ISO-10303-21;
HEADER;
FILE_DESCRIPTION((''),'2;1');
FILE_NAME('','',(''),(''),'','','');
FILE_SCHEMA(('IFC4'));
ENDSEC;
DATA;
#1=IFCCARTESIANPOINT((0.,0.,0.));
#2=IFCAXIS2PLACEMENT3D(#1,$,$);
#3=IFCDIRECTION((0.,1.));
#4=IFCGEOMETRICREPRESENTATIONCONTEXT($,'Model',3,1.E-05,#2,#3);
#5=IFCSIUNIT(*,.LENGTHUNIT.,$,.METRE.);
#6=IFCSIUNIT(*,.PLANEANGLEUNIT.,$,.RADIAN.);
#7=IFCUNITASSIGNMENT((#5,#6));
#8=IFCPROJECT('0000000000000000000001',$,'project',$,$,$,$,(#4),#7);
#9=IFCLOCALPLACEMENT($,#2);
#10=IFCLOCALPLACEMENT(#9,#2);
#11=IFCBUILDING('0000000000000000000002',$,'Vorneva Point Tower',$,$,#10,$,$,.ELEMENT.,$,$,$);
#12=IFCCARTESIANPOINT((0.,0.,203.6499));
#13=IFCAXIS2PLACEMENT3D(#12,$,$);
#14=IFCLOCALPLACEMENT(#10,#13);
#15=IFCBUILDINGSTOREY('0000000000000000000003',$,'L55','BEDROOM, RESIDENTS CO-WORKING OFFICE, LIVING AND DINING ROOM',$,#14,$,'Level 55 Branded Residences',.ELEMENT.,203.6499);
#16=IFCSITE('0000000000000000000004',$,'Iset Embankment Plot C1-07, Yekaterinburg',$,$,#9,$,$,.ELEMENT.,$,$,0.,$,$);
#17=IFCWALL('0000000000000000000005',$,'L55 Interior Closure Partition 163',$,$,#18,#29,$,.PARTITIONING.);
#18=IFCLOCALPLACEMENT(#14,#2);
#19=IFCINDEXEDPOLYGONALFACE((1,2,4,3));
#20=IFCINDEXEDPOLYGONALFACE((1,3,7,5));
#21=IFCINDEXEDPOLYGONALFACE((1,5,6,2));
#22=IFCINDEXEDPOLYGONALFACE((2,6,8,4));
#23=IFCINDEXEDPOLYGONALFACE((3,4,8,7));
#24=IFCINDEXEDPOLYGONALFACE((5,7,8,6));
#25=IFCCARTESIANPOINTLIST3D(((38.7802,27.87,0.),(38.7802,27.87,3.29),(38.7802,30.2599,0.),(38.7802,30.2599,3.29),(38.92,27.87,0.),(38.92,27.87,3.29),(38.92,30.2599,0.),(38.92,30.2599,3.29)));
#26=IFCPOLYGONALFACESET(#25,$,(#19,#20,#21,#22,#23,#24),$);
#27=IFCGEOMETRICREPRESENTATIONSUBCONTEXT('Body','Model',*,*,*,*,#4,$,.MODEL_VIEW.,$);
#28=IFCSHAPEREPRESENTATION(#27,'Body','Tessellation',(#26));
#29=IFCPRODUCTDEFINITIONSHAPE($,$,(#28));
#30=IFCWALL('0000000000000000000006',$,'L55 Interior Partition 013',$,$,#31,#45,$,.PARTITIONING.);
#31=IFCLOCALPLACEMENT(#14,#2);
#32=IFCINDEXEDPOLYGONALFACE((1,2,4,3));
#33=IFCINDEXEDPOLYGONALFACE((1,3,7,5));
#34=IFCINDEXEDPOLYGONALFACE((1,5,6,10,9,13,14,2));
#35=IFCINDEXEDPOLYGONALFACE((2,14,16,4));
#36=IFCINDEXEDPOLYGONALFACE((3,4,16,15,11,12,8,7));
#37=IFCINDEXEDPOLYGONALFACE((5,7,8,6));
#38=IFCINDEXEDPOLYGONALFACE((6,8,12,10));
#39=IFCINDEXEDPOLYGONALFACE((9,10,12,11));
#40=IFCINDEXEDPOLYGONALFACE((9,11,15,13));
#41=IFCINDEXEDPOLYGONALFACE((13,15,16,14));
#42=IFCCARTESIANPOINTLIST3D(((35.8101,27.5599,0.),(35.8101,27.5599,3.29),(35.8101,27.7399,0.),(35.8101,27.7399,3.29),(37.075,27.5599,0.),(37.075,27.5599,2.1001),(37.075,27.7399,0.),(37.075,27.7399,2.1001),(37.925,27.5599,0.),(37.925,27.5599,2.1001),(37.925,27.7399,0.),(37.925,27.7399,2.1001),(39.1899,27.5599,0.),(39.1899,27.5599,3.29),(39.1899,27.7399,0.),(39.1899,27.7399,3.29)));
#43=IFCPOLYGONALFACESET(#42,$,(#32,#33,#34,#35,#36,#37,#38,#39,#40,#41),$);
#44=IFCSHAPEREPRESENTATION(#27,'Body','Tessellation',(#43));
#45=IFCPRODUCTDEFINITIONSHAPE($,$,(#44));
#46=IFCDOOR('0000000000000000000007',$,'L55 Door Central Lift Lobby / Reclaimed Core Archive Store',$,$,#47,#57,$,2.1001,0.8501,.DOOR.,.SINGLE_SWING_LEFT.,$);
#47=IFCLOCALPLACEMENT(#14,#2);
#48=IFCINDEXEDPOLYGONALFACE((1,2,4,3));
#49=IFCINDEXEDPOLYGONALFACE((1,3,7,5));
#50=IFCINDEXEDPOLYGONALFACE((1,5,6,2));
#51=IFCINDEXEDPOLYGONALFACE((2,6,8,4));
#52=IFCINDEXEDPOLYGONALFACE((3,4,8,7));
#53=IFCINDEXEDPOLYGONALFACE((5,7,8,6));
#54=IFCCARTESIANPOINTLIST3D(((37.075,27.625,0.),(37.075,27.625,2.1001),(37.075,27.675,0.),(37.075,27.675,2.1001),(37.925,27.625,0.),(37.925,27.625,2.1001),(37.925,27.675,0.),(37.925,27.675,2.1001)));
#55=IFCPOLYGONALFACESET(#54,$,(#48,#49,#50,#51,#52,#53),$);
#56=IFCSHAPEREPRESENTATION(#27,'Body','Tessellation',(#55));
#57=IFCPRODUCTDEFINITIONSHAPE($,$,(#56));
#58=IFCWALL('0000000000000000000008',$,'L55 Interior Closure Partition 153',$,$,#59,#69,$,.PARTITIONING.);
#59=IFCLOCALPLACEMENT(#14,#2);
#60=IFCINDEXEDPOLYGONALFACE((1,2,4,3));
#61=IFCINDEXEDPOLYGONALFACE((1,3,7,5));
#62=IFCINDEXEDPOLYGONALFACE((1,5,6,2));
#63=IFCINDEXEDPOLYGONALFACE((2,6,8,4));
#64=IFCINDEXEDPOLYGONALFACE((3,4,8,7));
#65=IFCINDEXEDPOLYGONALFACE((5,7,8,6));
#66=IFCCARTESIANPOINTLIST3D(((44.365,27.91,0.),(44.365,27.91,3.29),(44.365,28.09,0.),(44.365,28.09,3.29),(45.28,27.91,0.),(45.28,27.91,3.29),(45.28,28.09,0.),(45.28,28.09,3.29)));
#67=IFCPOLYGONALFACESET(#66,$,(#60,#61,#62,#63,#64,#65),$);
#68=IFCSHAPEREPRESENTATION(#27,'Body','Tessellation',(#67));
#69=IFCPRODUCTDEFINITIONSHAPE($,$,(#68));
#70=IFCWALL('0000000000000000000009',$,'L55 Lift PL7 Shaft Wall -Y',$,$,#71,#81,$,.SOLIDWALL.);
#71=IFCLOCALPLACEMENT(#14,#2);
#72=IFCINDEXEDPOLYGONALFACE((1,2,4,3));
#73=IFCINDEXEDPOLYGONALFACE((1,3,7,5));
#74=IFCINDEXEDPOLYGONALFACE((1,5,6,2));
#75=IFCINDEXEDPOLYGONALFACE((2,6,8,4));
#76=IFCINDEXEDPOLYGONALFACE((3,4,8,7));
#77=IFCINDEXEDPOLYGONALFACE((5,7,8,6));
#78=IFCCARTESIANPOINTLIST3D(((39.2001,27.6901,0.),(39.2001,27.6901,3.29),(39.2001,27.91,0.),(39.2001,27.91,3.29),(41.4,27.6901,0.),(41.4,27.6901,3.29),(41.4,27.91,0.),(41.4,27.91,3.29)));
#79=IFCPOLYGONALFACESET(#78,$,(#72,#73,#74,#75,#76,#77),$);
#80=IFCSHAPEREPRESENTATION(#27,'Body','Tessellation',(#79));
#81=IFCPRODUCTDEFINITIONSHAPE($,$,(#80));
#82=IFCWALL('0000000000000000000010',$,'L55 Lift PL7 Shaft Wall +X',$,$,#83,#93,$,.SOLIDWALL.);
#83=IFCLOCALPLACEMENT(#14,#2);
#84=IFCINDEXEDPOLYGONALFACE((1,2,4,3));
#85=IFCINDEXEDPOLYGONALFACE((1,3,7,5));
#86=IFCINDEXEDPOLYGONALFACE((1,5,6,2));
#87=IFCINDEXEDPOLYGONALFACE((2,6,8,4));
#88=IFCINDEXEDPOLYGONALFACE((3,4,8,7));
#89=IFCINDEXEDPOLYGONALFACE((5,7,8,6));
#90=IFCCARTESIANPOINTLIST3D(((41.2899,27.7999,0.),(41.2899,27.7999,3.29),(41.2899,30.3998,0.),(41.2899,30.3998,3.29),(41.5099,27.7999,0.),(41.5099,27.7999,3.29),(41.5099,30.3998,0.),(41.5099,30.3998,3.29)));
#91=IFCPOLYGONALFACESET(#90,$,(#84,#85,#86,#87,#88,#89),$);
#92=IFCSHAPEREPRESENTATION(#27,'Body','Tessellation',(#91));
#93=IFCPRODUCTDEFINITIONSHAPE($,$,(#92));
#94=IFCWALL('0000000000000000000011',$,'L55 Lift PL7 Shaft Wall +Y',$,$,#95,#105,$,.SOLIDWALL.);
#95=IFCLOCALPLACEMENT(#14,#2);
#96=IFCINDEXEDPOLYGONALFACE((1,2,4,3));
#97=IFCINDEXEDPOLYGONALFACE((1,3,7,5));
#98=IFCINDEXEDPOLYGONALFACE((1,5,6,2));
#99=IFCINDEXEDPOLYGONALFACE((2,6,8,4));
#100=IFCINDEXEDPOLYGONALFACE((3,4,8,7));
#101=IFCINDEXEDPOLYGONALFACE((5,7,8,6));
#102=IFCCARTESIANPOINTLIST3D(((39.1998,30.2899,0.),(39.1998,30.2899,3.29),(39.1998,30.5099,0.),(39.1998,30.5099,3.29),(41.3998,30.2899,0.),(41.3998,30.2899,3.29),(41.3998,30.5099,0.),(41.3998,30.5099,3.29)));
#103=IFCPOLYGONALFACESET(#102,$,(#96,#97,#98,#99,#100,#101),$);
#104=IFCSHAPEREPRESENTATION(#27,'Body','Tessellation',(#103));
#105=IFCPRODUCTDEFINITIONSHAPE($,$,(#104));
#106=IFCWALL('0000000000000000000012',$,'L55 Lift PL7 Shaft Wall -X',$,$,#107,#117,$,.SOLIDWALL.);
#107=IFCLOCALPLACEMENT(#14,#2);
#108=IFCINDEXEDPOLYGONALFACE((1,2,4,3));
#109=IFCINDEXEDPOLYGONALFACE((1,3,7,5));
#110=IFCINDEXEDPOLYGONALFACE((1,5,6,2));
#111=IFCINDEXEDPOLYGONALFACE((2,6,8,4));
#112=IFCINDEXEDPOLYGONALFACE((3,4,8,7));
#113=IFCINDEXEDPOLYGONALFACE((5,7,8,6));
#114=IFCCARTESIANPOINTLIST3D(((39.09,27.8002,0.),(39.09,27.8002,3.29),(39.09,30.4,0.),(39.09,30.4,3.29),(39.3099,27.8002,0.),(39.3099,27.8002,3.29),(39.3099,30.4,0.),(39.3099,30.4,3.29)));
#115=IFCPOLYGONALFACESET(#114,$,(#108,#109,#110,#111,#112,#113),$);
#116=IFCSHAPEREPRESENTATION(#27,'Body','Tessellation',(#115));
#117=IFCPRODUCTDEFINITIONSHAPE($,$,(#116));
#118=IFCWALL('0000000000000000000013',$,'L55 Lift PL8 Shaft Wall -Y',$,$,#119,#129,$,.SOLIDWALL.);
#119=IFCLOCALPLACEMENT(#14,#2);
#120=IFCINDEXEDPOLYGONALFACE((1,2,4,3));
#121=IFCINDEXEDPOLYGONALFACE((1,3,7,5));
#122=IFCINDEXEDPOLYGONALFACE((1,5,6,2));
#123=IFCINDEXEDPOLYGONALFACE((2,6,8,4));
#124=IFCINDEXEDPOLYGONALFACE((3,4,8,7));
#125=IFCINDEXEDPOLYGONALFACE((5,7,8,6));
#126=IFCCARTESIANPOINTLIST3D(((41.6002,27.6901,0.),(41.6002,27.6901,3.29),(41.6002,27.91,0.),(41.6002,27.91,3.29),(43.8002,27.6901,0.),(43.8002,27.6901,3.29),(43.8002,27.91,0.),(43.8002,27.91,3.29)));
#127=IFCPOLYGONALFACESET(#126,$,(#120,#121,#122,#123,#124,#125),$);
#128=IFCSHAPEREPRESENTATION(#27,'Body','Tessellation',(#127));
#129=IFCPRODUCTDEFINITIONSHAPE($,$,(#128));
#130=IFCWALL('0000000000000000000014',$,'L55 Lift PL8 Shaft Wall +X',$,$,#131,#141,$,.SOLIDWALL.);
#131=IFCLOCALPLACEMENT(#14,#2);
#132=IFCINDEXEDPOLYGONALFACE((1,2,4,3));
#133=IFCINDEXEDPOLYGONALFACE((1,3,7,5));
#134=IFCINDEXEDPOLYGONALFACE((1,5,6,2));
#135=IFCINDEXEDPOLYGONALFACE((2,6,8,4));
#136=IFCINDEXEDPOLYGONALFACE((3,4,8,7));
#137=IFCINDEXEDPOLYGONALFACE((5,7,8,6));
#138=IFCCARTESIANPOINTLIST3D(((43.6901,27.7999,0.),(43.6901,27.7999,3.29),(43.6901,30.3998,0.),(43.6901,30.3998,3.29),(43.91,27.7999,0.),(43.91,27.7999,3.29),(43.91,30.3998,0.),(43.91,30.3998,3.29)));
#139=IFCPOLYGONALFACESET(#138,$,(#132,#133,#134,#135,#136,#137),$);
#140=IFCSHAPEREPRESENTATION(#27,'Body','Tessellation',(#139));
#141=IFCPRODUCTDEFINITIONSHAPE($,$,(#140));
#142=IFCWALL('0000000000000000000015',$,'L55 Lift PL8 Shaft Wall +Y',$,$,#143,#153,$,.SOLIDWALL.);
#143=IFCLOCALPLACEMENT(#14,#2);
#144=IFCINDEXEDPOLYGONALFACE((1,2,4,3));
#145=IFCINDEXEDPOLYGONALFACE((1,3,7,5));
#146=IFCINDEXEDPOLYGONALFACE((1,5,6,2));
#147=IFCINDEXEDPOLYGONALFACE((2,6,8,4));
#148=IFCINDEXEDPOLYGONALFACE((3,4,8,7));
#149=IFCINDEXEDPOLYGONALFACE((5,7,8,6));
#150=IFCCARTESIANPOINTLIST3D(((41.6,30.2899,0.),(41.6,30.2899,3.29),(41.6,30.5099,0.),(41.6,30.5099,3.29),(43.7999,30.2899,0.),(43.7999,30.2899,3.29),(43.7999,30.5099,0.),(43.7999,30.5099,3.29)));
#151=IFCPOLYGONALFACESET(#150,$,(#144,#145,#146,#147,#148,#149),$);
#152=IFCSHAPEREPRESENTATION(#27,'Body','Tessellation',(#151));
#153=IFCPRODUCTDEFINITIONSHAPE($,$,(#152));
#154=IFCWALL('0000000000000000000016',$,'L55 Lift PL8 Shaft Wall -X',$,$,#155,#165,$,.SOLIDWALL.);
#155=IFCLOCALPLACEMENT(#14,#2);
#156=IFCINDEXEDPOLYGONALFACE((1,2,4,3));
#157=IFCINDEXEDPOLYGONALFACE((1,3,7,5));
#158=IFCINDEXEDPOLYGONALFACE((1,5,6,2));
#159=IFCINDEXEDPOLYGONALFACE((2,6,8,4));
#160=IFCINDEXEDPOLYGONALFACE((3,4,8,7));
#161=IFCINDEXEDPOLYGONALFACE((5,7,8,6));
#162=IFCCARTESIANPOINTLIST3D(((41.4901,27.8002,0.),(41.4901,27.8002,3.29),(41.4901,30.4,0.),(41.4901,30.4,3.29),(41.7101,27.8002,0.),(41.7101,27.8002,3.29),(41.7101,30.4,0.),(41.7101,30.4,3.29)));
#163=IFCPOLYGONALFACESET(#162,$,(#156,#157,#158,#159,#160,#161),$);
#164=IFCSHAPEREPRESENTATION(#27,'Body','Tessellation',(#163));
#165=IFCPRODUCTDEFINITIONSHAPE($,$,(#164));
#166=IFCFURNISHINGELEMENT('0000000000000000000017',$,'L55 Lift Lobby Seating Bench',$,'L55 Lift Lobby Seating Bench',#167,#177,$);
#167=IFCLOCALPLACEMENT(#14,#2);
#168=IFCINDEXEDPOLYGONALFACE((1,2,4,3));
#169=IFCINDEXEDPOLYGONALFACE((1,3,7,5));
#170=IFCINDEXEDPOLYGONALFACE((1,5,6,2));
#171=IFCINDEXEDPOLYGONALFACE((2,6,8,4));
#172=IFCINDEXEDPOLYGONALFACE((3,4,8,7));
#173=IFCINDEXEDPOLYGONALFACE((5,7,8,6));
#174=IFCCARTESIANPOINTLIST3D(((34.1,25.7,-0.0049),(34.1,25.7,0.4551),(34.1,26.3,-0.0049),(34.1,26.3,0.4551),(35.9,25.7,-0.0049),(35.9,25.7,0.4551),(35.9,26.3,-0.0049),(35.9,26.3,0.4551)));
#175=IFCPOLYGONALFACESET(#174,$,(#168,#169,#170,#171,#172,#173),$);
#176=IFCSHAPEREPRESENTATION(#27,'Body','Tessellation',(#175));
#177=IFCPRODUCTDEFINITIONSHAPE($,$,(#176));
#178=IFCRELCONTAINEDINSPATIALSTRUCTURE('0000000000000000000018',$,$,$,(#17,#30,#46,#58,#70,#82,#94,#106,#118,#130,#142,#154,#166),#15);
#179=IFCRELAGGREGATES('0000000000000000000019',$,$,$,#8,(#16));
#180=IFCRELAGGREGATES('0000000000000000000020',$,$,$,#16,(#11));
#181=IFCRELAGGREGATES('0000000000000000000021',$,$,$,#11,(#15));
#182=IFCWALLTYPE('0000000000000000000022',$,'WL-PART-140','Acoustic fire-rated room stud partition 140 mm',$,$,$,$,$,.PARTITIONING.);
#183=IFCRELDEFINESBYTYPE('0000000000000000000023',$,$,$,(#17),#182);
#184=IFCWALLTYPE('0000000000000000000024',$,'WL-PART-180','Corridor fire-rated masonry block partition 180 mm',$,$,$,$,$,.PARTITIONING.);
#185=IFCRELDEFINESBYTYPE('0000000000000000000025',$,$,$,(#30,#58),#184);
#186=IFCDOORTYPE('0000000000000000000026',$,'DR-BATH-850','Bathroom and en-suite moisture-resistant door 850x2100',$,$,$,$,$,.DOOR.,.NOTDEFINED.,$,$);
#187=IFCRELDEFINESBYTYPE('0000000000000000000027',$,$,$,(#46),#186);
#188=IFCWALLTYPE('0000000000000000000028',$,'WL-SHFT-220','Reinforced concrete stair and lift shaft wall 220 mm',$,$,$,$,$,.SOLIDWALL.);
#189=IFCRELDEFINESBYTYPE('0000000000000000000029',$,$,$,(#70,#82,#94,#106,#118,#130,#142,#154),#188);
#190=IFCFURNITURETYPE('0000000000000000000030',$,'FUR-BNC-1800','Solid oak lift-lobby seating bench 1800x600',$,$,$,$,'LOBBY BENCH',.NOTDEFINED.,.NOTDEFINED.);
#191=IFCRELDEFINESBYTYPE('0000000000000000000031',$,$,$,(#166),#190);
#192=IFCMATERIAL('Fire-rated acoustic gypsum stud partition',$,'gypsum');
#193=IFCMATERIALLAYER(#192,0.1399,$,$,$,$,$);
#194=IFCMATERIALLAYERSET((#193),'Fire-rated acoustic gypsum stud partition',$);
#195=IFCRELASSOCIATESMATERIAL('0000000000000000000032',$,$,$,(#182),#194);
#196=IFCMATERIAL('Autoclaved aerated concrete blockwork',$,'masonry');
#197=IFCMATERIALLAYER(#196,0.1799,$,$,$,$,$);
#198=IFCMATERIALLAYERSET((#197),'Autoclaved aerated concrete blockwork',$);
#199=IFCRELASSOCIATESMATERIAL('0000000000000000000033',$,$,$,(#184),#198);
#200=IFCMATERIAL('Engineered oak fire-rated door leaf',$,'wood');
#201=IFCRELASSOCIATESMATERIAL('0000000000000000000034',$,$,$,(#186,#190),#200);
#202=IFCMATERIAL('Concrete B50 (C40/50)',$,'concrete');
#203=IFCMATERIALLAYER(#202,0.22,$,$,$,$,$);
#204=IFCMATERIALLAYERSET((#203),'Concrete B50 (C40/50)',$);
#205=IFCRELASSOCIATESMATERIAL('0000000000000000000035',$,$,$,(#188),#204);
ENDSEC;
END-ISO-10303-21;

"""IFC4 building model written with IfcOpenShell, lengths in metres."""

from ifc_helpers import new_model, si_unit, direction, frame, frame_2d, origin, origin_2d, place, context, subcontext, project, spatial, rectangle, extrude, material, layer, layer_set, type_object, element, fill, save


model = new_model("IFC4")

# Units and contexts
model_context = context("Model", 3, precision=1e-05, world=origin(), true_north=direction((0.0, 1.0)))
body_context = subcontext(model_context, "Body", "Model", "MODEL_VIEW")
ifc_project = project(units=[si_unit("LENGTHUNIT", "METRE"), si_unit("PLANEANGLEUNIT", "RADIAN")], contexts=[model_context])

# Site, building, storey
site_placement = place(None, origin())
site = spatial("IfcSite", under=ifc_project, at=site_placement, Name="Iset Embankment Plot C1-07, Yekaterinburg", CompositionType="ELEMENT", RefElevation=0.0)
building_placement = place(site_placement, origin())
building = spatial("IfcBuilding", under=site, at=building_placement, Name="Vorneva Point Tower", CompositionType="ELEMENT")
storey_placement = place(building_placement, frame((0.0, 0.0, 203.6499)))
storey = spatial("IfcBuildingStorey", under=building, at=storey_placement, Name="L55", Description="BEDROOM, RESIDENTS CO-WORKING OFFICE, LIVING AND DINING ROOM", LongName="Level 55 Branded Residences", CompositionType="ELEMENT", Elevation=203.6499)

# Shared definitions
ifc_material_1 = material(Name="Concrete B50 (C40/50)", Category="concrete")

# Wall
ifc_material_2 = material(Name="Fire-rated acoustic gypsum stud partition", Category="gypsum")
ifc_layer_1 = layer(ifc_material_2, 0.1399)
ifc_layer_set_1 = layer_set([ifc_layer_1], Name="Fire-rated acoustic gypsum stud partition")
wall_type_1 = type_object("IfcWallType", Name="WL-PART-140", Description="Acoustic fire-rated room stud partition 140 mm", PredefinedType="PARTITIONING", material=ifc_layer_set_1)
wall_1_placement = place(storey_placement, frame((38.8501, 27.8701, 0.0), z_axis=(0.0, 0.0, 1.0), x_axis=(0.0, 1.0, 0.0)))
element("IfcWall", 1, at=wall_1_placement, inside=storey, type_object=wall_type_1, Name="L55 Interior Closure Partition 163", PredefinedType="PARTITIONING", context=body_context, shape_type="SweptSolid", body=[
    extrude(rectangle(XDim=2.3899, YDim=0.1399, at=frame_2d((1.1948, 0.0))), origin(), (0.0, 0.0, 1.0), 3.29),
])

# Wall, opening, door
ifc_material_3 = material(Name="Autoclaved aerated concrete blockwork", Category="masonry")
ifc_layer_2 = layer(ifc_material_3, 0.1799)
ifc_layer_set_2 = layer_set([ifc_layer_2], Name="Autoclaved aerated concrete blockwork")
wall_type_2 = type_object("IfcWallType", Name="WL-PART-180", Description="Corridor fire-rated masonry block partition 180 mm", PredefinedType="PARTITIONING", material=ifc_layer_set_2)
ifc_material_4 = material(Name="Engineered oak fire-rated door leaf", Category="wood")
wall_2_placement = place(storey_placement, frame((39.1899, 27.6499, 0.0), z_axis=(0.0, 0.0, 1.0), x_axis=(-1.0, 0.0, 0.0)))
wall_2 = element("IfcWall", 2, at=wall_2_placement, inside=storey, type_object=wall_type_2, Name="L55 Interior Partition 013", PredefinedType="PARTITIONING", context=body_context, shape_type="SweptSolid", body=[
    extrude(rectangle(XDim=3.3799, YDim=0.1799, at=frame_2d((1.6899, 0.0))), origin(), (0.0, 0.0, 1.0), 3.29),
])
opening_1_placement = place(wall_2_placement, frame((1.2649, 0.0, 0.0)))
opening_1 = element("IfcOpeningElement", 3, at=opening_1_placement, cuts=wall_2, PredefinedType="OPENING", context=body_context, shape_type="SweptSolid", body=[
    extrude(rectangle(XDim=0.8501, YDim=2.1001, at=frame_2d((0.425, 1.05))), frame((0.0, 0.105, 0.0), z_axis=(0.0, -1.0, 0.0), x_axis=(1.0, 0.0, 0.0)), (0.0, 0.0, 1.0), 0.2097),
])
door_type_1 = type_object("IfcDoorType", Name="DR-BATH-850", Description="Bathroom and en-suite moisture-resistant door 850x2100", OperationType="NOTDEFINED", PredefinedType="DOOR", material=ifc_material_4)
door_1_placement = place(opening_1_placement, origin())
door_1 = element("IfcDoor", 4, at=door_1_placement, inside=storey, type_object=door_type_1, Name="L55 Door Central Lift Lobby / Reclaimed Core Archive Store", OperationType="SINGLE_SWING_LEFT", OverallHeight=2.1001, OverallWidth=0.8501, PredefinedType="DOOR", context=body_context, shape_type="SweptSolid", body=[
    extrude(rectangle(XDim=0.8501, YDim=2.1001, at=frame_2d((0.425, 1.05))), frame((0.0, 0.0249, 0.0), z_axis=(0.0, -1.0, 0.0), x_axis=(1.0, 0.0, 0.0)), (0.0, 0.0, 1.0), 0.05),
])
fill(opening_1, door_1)

# Walls
wall_3_placement = place(storey_placement, frame((45.28, 28.0, 0.0), z_axis=(0.0, 0.0, 1.0), x_axis=(-1.0, 0.0, 0.0)))
element("IfcWall", 5, at=wall_3_placement, inside=storey, type_object=wall_type_2, Name="L55 Interior Closure Partition 153", PredefinedType="PARTITIONING", context=body_context, shape_type="SweptSolid", body=[
    extrude(rectangle(XDim=0.915, YDim=0.1799, at=frame_2d((0.4575, 0.0))), origin(), (0.0, 0.0, 1.0), 3.29),
])
ifc_layer_3 = layer(ifc_material_1, 0.22)
ifc_layer_set_3 = layer_set([ifc_layer_3], Name="Concrete B50 (C40/50)")
wall_type_3 = type_object("IfcWallType", Name="WL-SHFT-220", Description="Reinforced concrete stair and lift shaft wall 220 mm", PredefinedType="SOLIDWALL", material=ifc_layer_set_3)
wall_4_placement = place(storey_placement, frame((39.2, 27.8, 0.0), z_axis=(0.0, 0.0, 1.0), x_axis=(1.0, 0.0, 0.0)))
element("IfcWall", 6, at=wall_4_placement, inside=storey, type_object=wall_type_3, Name="L55 Lift PL7 Shaft Wall -Y", PredefinedType="SOLIDWALL", context=body_context, shape_type="SweptSolid", body=[
    extrude(rectangle(XDim=2.2, YDim=0.22, at=frame_2d((1.1001, 0.0))), origin(), (0.0, 0.0, 1.0), 3.29),
])
wall_5_placement = place(storey_placement, frame((41.3999, 27.8, 0.0), z_axis=(0.0, 0.0, 1.0), x_axis=(0.0, 1.0, 0.0)))
element("IfcWall", 7, at=wall_5_placement, inside=storey, type_object=wall_type_3, Name="L55 Lift PL7 Shaft Wall +X", PredefinedType="SOLIDWALL", context=body_context, shape_type="SweptSolid", body=[
    extrude(rectangle(XDim=2.5999, YDim=0.22, at=frame_2d((1.2998, 0.0))), origin(), (0.0, 0.0, 1.0), 3.29),
])
wall_6_placement = place(storey_placement, frame((41.3999, 30.3999, 0.0), z_axis=(0.0, 0.0, 1.0), x_axis=(-1.0, 0.0, 0.0)))
element("IfcWall", 8, at=wall_6_placement, inside=storey, type_object=wall_type_3, Name="L55 Lift PL7 Shaft Wall +Y", PredefinedType="SOLIDWALL", context=body_context, shape_type="SweptSolid", body=[
    extrude(rectangle(XDim=2.2, YDim=0.22, at=frame_2d((1.1001, 0.0))), origin(), (0.0, 0.0, 1.0), 3.29),
])
wall_7_placement = place(storey_placement, frame((39.2, 30.3999, 0.0), z_axis=(0.0, 0.0, 1.0), x_axis=(0.0, -1.0, 0.0)))
element("IfcWall", 9, at=wall_7_placement, inside=storey, type_object=wall_type_3, Name="L55 Lift PL7 Shaft Wall -X", PredefinedType="SOLIDWALL", context=body_context, shape_type="SweptSolid", body=[
    extrude(rectangle(XDim=2.5999, YDim=0.22, at=frame_2d((1.2998, 0.0))), origin(), (0.0, 0.0, 1.0), 3.29),
])
wall_8_placement = place(storey_placement, frame((41.6001, 27.8, 0.0), z_axis=(0.0, 0.0, 1.0), x_axis=(1.0, 0.0, 0.0)))
element("IfcWall", 10, at=wall_8_placement, inside=storey, type_object=wall_type_3, Name="L55 Lift PL8 Shaft Wall -Y", PredefinedType="SOLIDWALL", context=body_context, shape_type="SweptSolid", body=[
    extrude(rectangle(XDim=2.2, YDim=0.22, at=frame_2d((1.1001, 0.0))), origin(), (0.0, 0.0, 1.0), 3.29),
])
wall_9_placement = place(storey_placement, frame((43.8, 27.8, 0.0), z_axis=(0.0, 0.0, 1.0), x_axis=(0.0, 1.0, 0.0)))
element("IfcWall", 11, at=wall_9_placement, inside=storey, type_object=wall_type_3, Name="L55 Lift PL8 Shaft Wall +X", PredefinedType="SOLIDWALL", context=body_context, shape_type="SweptSolid", body=[
    extrude(rectangle(XDim=2.5999, YDim=0.22, at=frame_2d((1.2998, 0.0))), origin(), (0.0, 0.0, 1.0), 3.29),
])
wall_10_placement = place(storey_placement, frame((43.8, 30.3999, 0.0), z_axis=(0.0, 0.0, 1.0), x_axis=(-1.0, 0.0, 0.0)))
element("IfcWall", 12, at=wall_10_placement, inside=storey, type_object=wall_type_3, Name="L55 Lift PL8 Shaft Wall +Y", PredefinedType="SOLIDWALL", context=body_context, shape_type="SweptSolid", body=[
    extrude(rectangle(XDim=2.2, YDim=0.22, at=frame_2d((1.1001, 0.0))), origin(), (0.0, 0.0, 1.0), 3.29),
])
wall_11_placement = place(storey_placement, frame((41.6001, 30.3999, 0.0), z_axis=(0.0, 0.0, 1.0), x_axis=(0.0, -1.0, 0.0)))
element("IfcWall", 13, at=wall_11_placement, inside=storey, type_object=wall_type_3, Name="L55 Lift PL8 Shaft Wall -X", PredefinedType="SOLIDWALL", context=body_context, shape_type="SweptSolid", body=[
    extrude(rectangle(XDim=2.5999, YDim=0.22, at=frame_2d((1.2998, 0.0))), origin(), (0.0, 0.0, 1.0), 3.29),
])

# Furnishing element
furniture_type = type_object("IfcFurnitureType", Name="FUR-BNC-1800", Description="Solid oak lift-lobby seating bench 1800x600", ElementType="LOBBY BENCH", AssemblyPlace="NOTDEFINED", PredefinedType="NOTDEFINED", material=ifc_material_4)
furnishing_placement = place(storey_placement, frame((35.0, 26.0, -0.0049), z_axis=(0.0, 0.0, 1.0), x_axis=(1.0, 0.0, 0.0)))
element("IfcFurnishingElement", 14, at=furnishing_placement, inside=storey, type_object=furniture_type, Name="L55 Lift Lobby Seating Bench", ObjectType="L55 Lift Lobby Seating Bench", context=body_context, shape_type="SweptSolid", body=[
    extrude(rectangle(XDim=1.8, YDim=0.6001, at=origin_2d()), origin(), (0.0, 0.0, 1.0), 0.46),
])

save(model, "model.ifc")
